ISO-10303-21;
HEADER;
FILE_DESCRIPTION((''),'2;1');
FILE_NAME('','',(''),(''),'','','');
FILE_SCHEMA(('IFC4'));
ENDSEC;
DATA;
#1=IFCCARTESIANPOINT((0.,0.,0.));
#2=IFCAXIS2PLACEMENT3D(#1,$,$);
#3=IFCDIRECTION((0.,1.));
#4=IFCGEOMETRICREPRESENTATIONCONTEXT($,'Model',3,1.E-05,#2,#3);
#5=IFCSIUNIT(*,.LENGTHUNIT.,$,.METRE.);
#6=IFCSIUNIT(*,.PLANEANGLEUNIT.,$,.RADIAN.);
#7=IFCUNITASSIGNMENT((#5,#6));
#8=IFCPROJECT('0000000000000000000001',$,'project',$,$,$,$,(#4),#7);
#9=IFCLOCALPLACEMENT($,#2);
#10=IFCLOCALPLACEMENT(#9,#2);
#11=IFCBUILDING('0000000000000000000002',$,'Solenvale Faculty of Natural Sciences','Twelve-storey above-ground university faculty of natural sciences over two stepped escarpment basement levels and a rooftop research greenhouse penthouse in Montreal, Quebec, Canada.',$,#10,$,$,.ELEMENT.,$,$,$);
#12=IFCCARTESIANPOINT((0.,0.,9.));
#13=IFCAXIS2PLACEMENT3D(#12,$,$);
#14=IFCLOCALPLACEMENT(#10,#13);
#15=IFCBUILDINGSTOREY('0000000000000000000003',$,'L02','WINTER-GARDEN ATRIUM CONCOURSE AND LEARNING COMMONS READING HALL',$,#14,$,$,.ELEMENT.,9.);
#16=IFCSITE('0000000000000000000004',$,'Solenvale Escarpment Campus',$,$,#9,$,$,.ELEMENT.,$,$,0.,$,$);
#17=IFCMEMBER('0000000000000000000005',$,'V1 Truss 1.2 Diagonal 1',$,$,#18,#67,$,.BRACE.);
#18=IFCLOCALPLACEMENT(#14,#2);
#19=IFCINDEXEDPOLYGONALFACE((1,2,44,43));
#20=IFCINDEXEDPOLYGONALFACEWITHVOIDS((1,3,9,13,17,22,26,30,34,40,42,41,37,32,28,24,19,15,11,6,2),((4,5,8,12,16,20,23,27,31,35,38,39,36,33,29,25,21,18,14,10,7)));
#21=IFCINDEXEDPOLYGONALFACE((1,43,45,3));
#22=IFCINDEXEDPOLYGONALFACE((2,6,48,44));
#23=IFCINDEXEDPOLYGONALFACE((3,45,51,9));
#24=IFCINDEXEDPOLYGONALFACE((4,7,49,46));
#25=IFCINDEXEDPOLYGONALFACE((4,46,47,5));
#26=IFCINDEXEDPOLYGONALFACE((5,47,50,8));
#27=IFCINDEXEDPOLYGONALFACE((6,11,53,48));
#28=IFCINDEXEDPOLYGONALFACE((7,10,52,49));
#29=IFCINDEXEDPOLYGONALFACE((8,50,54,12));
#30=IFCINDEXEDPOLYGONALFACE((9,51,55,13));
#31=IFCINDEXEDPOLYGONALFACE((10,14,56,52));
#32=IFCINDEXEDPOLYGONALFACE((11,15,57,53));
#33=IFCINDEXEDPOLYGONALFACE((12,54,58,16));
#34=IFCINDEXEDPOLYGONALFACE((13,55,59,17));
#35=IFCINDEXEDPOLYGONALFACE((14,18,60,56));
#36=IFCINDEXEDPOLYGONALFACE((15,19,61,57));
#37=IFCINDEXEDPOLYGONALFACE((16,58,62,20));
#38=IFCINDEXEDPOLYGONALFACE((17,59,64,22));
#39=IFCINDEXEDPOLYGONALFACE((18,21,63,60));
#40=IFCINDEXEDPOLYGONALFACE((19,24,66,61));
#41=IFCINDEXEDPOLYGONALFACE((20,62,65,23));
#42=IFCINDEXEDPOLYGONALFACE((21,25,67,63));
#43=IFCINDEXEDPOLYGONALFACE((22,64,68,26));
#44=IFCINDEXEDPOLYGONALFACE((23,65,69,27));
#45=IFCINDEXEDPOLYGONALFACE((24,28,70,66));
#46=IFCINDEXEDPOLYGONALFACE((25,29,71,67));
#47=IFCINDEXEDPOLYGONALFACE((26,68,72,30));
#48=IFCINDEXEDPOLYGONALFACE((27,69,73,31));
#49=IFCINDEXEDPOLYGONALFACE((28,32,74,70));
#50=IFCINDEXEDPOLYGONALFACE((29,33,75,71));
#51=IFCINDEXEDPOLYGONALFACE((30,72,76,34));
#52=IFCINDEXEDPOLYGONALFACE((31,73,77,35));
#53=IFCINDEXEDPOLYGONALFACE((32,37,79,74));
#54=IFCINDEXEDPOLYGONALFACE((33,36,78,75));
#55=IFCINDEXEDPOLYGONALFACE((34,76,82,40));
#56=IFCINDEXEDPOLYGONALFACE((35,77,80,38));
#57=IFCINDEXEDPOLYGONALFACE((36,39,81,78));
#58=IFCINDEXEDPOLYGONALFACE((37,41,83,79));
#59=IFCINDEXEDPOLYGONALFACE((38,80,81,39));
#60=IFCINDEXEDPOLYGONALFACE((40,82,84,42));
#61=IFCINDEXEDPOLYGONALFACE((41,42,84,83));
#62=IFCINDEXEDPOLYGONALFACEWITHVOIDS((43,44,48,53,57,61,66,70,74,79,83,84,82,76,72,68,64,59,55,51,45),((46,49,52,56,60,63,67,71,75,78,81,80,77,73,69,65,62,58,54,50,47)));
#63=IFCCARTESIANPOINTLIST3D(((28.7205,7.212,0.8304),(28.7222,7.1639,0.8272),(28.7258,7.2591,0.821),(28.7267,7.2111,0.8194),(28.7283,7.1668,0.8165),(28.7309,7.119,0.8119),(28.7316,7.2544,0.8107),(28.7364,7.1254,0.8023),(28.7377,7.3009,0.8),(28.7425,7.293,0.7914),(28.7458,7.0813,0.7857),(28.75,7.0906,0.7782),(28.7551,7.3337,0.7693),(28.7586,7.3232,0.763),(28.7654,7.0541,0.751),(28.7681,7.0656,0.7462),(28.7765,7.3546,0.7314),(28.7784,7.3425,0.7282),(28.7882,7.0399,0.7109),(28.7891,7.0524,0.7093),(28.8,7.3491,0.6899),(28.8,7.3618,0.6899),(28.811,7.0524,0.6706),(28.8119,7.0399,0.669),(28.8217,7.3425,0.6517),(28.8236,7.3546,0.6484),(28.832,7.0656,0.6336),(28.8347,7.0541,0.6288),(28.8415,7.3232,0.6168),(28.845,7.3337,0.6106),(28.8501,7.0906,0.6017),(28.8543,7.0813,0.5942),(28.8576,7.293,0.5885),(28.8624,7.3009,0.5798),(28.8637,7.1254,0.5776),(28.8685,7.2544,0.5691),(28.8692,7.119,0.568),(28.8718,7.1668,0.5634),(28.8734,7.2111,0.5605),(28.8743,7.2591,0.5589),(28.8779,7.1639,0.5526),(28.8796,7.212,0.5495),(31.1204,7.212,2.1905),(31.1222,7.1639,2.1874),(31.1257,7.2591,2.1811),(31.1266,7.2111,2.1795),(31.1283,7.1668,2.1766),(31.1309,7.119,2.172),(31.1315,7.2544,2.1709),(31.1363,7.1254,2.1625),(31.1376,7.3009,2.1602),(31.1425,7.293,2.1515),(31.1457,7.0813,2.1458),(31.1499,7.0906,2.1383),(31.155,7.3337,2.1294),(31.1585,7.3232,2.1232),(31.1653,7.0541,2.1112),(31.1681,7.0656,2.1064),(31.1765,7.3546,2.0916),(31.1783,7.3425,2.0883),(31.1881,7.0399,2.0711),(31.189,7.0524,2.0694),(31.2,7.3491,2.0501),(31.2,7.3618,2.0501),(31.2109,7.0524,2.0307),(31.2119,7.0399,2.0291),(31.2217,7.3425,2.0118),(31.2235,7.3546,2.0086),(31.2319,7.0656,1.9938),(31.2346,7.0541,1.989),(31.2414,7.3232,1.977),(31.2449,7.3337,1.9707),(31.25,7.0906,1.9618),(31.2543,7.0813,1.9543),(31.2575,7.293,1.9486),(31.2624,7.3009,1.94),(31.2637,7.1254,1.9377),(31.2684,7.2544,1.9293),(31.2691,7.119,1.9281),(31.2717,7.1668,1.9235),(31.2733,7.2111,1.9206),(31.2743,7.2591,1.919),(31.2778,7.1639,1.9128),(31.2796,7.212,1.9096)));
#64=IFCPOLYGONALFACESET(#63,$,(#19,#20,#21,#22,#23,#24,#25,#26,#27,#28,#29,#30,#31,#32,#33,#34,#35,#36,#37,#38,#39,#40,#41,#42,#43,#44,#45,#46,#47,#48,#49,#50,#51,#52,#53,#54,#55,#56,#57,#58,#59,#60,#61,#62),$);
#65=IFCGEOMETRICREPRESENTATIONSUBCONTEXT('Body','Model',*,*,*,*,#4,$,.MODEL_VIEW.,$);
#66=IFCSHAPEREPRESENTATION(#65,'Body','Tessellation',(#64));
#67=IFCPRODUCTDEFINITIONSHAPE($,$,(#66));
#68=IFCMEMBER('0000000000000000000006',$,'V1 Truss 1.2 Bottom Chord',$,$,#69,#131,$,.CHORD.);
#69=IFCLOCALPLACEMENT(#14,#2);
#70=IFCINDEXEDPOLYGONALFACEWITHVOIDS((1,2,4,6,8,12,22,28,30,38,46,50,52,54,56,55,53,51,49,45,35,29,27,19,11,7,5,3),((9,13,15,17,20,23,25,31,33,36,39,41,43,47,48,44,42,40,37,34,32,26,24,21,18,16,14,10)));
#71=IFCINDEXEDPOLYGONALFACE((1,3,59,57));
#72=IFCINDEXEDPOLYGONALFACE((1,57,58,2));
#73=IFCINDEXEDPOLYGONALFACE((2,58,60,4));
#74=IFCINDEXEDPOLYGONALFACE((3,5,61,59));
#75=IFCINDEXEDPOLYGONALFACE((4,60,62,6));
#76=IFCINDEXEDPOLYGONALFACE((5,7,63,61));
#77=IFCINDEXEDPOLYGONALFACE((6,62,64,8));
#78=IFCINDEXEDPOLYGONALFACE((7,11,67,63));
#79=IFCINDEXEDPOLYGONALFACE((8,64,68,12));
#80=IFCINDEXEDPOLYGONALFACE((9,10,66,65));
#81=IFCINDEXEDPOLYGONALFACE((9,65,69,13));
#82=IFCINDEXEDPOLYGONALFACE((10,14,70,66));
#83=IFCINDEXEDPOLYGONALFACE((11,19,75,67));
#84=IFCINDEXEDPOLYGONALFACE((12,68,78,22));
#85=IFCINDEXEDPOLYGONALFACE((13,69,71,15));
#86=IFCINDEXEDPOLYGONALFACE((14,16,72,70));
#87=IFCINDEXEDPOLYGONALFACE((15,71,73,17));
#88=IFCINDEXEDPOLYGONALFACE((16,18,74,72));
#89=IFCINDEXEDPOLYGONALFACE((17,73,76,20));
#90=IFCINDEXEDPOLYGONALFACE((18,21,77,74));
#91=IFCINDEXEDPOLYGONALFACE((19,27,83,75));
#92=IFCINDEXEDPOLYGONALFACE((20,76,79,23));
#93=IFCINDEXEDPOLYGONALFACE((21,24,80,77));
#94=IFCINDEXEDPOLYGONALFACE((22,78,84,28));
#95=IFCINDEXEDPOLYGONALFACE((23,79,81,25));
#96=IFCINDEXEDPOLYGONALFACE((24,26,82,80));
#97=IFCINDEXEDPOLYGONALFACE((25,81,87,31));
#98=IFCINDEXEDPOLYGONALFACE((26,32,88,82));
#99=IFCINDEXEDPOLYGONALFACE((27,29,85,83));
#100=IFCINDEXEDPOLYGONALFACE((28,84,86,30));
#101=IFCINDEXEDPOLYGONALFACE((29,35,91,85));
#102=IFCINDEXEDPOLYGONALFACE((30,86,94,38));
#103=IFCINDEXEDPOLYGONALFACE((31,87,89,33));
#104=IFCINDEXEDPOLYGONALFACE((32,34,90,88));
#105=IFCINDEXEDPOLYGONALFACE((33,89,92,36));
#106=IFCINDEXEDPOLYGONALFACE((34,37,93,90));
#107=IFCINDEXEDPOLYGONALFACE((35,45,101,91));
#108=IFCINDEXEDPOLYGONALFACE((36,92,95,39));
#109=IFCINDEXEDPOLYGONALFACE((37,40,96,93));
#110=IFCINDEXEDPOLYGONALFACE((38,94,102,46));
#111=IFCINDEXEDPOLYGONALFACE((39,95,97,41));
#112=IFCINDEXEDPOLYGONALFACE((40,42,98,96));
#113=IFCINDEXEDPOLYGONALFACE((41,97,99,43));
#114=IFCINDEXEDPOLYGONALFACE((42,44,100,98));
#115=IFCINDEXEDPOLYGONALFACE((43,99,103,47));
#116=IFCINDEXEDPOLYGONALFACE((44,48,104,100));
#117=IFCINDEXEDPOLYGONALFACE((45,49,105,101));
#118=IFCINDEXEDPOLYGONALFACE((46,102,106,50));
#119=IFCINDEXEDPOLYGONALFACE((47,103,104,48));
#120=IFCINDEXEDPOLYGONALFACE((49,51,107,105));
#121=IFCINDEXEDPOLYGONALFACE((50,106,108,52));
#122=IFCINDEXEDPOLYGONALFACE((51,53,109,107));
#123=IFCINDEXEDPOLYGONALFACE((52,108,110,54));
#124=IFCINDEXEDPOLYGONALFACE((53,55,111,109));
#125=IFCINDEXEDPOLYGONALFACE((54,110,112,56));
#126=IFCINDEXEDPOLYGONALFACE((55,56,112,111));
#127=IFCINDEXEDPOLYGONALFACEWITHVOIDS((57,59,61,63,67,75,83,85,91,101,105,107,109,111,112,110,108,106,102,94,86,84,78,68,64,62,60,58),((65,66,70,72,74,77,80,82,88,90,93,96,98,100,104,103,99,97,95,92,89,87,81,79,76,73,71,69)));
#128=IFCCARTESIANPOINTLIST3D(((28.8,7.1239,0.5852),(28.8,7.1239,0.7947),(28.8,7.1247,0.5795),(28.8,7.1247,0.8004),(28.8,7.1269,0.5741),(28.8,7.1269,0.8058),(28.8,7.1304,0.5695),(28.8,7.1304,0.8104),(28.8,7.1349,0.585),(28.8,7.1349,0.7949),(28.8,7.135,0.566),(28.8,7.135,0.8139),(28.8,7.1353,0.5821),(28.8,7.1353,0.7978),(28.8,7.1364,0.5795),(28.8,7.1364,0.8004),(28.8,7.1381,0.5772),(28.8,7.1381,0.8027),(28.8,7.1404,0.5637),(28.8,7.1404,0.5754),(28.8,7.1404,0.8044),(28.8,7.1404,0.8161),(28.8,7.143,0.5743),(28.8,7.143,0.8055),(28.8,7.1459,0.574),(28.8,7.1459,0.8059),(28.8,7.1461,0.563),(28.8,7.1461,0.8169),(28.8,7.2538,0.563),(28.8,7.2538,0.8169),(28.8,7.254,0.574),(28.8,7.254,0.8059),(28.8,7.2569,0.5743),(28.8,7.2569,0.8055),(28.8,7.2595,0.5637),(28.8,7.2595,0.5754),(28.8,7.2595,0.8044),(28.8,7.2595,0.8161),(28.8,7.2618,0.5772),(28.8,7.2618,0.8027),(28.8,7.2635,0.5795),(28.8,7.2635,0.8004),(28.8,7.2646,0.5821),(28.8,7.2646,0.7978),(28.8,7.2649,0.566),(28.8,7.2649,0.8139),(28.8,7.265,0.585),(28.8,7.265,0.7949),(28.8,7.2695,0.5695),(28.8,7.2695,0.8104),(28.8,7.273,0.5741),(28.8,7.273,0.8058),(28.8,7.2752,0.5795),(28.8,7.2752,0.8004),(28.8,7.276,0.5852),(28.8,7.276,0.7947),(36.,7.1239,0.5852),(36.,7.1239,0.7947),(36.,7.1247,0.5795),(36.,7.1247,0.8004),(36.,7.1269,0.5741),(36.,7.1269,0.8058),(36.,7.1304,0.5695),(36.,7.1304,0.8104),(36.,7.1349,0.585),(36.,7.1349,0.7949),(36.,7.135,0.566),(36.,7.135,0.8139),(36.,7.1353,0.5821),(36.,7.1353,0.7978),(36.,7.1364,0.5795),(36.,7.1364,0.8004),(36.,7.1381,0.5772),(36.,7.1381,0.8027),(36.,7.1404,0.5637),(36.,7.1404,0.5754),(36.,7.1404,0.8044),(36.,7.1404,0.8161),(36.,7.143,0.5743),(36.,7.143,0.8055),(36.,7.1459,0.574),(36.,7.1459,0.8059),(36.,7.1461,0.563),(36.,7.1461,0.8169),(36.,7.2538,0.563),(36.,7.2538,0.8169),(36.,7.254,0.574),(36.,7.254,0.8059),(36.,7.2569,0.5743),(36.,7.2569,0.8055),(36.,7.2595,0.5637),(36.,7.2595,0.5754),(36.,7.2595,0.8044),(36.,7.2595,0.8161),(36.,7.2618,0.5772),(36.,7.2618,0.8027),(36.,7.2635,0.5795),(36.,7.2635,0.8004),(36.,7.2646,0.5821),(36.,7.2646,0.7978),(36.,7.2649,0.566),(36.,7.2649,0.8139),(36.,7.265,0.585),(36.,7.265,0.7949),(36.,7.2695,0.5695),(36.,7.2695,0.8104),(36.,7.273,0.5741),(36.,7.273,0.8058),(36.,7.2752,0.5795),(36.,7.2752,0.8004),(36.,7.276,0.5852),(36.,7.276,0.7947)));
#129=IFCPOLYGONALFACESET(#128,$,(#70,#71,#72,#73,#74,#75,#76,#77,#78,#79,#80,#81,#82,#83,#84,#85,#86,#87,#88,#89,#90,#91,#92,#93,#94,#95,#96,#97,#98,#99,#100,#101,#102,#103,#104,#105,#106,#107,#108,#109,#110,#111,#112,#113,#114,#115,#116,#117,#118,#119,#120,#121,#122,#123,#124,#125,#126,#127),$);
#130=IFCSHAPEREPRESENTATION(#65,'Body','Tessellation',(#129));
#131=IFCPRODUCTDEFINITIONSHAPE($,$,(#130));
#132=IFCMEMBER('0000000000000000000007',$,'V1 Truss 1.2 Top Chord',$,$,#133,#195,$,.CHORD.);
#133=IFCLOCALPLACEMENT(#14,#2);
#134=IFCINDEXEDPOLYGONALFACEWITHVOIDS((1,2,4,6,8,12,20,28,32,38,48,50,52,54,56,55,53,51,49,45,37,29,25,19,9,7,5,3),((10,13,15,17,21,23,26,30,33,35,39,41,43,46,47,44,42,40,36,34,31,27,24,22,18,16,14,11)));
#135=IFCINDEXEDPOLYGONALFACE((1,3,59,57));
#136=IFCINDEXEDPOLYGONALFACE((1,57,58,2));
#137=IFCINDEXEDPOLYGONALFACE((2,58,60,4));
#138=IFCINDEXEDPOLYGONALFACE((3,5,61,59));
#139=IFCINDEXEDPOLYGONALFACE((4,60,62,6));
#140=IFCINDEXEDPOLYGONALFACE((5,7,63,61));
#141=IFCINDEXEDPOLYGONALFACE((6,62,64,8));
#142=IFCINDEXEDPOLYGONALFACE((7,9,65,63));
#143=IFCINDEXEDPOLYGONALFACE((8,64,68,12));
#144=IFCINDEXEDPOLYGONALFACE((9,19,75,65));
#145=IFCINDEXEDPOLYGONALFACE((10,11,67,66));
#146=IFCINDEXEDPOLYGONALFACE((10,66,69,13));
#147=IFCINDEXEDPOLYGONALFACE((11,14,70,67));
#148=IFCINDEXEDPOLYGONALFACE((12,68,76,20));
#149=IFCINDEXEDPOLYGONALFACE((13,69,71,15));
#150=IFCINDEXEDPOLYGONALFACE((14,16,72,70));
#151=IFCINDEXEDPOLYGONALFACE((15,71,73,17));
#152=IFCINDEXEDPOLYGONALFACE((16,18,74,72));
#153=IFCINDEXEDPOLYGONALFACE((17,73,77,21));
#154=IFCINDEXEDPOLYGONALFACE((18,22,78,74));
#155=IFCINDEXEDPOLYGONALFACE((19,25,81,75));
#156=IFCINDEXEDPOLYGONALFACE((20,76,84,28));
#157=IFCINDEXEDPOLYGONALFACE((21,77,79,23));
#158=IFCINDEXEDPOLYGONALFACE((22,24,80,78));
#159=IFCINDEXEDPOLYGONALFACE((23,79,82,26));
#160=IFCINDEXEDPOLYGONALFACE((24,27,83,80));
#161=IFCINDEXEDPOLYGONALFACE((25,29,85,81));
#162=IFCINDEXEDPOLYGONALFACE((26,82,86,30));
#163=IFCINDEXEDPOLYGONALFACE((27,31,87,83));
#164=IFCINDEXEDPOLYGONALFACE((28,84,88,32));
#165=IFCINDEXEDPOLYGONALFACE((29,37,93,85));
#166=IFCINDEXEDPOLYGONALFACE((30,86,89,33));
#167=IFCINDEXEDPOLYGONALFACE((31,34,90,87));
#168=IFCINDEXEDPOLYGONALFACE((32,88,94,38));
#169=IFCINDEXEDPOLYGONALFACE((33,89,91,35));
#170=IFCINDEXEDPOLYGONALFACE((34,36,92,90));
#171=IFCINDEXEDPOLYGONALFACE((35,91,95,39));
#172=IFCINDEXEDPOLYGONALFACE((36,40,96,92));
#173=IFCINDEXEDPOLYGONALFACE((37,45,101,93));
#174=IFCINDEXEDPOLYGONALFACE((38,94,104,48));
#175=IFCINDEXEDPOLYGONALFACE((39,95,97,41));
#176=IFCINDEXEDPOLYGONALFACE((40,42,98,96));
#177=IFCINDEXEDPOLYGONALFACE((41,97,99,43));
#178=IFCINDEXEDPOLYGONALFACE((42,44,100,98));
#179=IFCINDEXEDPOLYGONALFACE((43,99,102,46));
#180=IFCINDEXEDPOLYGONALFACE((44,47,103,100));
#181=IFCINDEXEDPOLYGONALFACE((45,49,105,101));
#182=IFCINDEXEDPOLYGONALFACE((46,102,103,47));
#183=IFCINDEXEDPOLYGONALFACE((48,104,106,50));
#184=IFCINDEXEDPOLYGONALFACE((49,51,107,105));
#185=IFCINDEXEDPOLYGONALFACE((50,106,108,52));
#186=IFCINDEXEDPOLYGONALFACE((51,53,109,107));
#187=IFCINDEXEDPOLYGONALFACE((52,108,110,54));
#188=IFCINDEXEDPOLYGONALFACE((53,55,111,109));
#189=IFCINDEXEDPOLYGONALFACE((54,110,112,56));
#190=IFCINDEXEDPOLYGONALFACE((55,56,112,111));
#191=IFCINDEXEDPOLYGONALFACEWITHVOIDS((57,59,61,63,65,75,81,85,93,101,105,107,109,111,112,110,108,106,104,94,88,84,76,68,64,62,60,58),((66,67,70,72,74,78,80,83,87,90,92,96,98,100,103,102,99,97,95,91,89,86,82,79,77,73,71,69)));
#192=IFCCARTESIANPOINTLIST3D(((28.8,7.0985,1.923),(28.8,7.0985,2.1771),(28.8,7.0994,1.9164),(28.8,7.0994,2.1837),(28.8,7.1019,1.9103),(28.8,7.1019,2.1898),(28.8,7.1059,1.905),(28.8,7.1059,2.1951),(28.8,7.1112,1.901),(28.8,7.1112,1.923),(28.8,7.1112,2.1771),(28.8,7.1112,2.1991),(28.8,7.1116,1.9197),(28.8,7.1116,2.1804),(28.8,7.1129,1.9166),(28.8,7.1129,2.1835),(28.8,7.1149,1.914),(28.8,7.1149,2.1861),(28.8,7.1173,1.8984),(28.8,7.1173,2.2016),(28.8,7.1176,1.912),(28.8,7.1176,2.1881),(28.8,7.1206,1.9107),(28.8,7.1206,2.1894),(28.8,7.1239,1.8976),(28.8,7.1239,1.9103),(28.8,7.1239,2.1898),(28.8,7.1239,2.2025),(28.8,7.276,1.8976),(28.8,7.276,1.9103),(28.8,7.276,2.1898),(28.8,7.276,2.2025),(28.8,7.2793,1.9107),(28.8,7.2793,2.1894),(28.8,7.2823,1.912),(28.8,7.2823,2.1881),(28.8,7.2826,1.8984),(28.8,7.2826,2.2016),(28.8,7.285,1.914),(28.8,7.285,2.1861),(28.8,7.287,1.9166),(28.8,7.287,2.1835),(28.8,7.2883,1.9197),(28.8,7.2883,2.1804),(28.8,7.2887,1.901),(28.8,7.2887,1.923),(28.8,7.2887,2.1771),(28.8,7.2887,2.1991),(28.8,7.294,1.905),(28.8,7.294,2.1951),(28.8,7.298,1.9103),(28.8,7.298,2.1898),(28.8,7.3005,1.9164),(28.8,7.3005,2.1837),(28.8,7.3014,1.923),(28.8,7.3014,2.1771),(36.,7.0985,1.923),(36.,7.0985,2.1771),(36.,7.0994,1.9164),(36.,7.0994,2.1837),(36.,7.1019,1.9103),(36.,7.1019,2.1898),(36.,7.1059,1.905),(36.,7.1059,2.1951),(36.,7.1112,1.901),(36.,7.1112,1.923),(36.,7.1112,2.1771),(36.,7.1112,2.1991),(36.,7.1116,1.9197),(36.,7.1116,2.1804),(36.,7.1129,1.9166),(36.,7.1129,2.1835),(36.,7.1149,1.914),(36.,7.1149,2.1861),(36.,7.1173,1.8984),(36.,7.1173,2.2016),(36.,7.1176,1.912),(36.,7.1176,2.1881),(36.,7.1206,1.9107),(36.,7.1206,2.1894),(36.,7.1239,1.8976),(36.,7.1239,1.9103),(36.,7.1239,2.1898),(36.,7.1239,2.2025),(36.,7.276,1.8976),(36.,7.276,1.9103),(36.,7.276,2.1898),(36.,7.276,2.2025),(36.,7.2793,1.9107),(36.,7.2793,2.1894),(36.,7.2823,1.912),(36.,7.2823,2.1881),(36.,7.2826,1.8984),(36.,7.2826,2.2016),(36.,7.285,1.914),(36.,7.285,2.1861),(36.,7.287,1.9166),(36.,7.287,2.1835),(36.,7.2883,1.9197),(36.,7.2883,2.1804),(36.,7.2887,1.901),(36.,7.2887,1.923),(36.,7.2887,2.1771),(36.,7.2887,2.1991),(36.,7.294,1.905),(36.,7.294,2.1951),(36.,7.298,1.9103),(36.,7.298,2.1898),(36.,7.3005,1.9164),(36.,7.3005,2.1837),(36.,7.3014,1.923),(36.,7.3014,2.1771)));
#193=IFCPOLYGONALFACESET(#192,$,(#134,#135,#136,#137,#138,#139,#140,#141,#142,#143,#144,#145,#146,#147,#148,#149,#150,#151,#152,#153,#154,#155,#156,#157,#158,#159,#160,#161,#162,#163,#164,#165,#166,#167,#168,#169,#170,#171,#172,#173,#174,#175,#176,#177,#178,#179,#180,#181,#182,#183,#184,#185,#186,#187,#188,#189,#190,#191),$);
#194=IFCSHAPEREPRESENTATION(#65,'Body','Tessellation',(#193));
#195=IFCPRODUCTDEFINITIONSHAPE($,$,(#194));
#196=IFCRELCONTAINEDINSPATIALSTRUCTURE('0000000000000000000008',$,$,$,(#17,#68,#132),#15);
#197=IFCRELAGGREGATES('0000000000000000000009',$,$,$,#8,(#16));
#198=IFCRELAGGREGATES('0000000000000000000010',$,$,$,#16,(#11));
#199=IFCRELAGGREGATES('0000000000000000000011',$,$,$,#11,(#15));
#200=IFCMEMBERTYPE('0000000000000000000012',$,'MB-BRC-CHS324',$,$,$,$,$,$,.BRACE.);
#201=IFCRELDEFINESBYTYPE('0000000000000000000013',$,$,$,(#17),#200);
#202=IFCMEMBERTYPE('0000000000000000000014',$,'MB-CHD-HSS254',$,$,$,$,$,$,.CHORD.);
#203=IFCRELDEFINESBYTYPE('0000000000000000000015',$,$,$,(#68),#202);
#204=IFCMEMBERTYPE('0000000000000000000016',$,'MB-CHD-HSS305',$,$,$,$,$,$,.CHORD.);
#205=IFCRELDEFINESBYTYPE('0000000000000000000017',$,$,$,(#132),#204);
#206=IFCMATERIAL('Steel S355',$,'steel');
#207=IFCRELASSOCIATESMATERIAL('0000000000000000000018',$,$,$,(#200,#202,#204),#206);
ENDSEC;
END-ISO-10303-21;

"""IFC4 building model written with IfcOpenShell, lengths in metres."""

from ifc_helpers import new_model, si_unit, direction, frame, origin, origin_2d, place, context, subcontext, project, spatial, hollow_rectangle, hollow_circle, extrude, material, material_profile, profile_set, type_object, element, save


model = new_model("IFC4")

# Units and contexts
model_context = context("Model", 3, precision=1e-05, world=origin(), true_north=direction((0.0, 1.0)))
body_context = subcontext(model_context, "Body", "Model", "MODEL_VIEW")
ifc_project = project(units=[si_unit("LENGTHUNIT", "METRE"), si_unit("PLANEANGLEUNIT", "RADIAN")], contexts=[model_context])

# Site, building, storey
site_placement = place(None, origin())
site = spatial("IfcSite", under=ifc_project, at=site_placement, Name="Solenvale Escarpment Campus", CompositionType="ELEMENT", RefElevation=0.0)
building_placement = place(site_placement, origin())
building = spatial("IfcBuilding", under=site, at=building_placement, Name="Solenvale Faculty of Natural Sciences", Description="Twelve-storey above-ground university faculty of natural sciences over two stepped escarpment basement levels and a rooftop research greenhouse penthouse in Montreal, Quebec, Canada.", CompositionType="ELEMENT")
storey_placement = place(building_placement, frame((0.0, 0.0, 9.0)))
storey = spatial("IfcBuildingStorey", under=building, at=storey_placement, Name="L02", Description="WINTER-GARDEN ATRIUM CONCOURSE AND LEARNING COMMONS READING HALL", CompositionType="ELEMENT", Elevation=9.0)

# Shared definitions
ifc_material_1 = material(Name="Steel S355", Category="steel")

# Members
ifc_material_profile_1 = material_profile(ifc_material_1, hollow_circle(Radius=0.1619, WallThickness=0.0127, at=origin_2d()), Name="HSS324x13")
ifc_profile_set_1 = profile_set([ifc_material_profile_1], Name="Steel S355")
member_type_1 = type_object("IfcMemberType", Name="MB-BRC-CHS324", PredefinedType="BRACE", material=ifc_profile_set_1)
member_1_placement = place(storey_placement, frame((28.8, 7.2, 0.6899), z_axis=(0.869997, 0.0, 0.493057), x_axis=(0.0, 1.0, 0.0)))
element("IfcMember", 1, at=member_1_placement, inside=storey, type_object=member_type_1, Name="V1 Truss 1.2 Diagonal 1", PredefinedType="BRACE", context=body_context, shape_type="SweptSolid", body=[
    extrude(hollow_circle(Radius=0.1619, WallThickness=0.0127, at=origin_2d()), origin(), (0.0, 0.0, 1.0), 2.7585),
])
ifc_material_profile_2 = material_profile(ifc_material_1, hollow_rectangle(XDim=0.1521, YDim=0.2539, WallThickness=0.011, InnerFilletRadius=0.011, OuterFilletRadius=0.0222, at=origin_2d()), Name="HSS254x152x11")
ifc_profile_set_2 = profile_set([ifc_material_profile_2], Name="Steel S355")
member_type_2 = type_object("IfcMemberType", Name="MB-CHD-HSS254", PredefinedType="CHORD", material=ifc_profile_set_2)
member_2_placement = place(storey_placement, frame((28.8, 7.2, 0.6899), z_axis=(1.0, 0.0, 0.0), x_axis=(0.0, 1.0, 0.0)))
element("IfcMember", 2, at=member_2_placement, inside=storey, type_object=member_type_2, Name="V1 Truss 1.2 Bottom Chord", PredefinedType="CHORD", context=body_context, shape_type="SweptSolid", body=[
    extrude(hollow_rectangle(XDim=0.1521, YDim=0.2539, WallThickness=0.011, InnerFilletRadius=0.011, OuterFilletRadius=0.0222, at=origin_2d()), origin(), (0.0, 0.0, 1.0), 7.2),
])
ifc_material_profile_3 = material_profile(ifc_material_1, hollow_rectangle(XDim=0.2029, YDim=0.3049, WallThickness=0.0127, InnerFilletRadius=0.0127, OuterFilletRadius=0.0254, at=origin_2d()), Name="HSS305x203x13")
ifc_profile_set_3 = profile_set([ifc_material_profile_3], Name="Steel S355")
member_type_3 = type_object("IfcMemberType", Name="MB-CHD-HSS305", PredefinedType="CHORD", material=ifc_profile_set_3)
member_3_placement = place(storey_placement, frame((28.8, 7.2, 2.05), z_axis=(1.0, 0.0, 0.0), x_axis=(0.0, 1.0, 0.0)))
element("IfcMember", 3, at=member_3_placement, inside=storey, type_object=member_type_3, Name="V1 Truss 1.2 Top Chord", PredefinedType="CHORD", context=body_context, shape_type="SweptSolid", body=[
    extrude(hollow_rectangle(XDim=0.2029, YDim=0.3049, WallThickness=0.0127, InnerFilletRadius=0.0127, OuterFilletRadius=0.0254, at=origin_2d()), origin(), (0.0, 0.0, 1.0), 7.2),
])

save(model, "model.ifc")
